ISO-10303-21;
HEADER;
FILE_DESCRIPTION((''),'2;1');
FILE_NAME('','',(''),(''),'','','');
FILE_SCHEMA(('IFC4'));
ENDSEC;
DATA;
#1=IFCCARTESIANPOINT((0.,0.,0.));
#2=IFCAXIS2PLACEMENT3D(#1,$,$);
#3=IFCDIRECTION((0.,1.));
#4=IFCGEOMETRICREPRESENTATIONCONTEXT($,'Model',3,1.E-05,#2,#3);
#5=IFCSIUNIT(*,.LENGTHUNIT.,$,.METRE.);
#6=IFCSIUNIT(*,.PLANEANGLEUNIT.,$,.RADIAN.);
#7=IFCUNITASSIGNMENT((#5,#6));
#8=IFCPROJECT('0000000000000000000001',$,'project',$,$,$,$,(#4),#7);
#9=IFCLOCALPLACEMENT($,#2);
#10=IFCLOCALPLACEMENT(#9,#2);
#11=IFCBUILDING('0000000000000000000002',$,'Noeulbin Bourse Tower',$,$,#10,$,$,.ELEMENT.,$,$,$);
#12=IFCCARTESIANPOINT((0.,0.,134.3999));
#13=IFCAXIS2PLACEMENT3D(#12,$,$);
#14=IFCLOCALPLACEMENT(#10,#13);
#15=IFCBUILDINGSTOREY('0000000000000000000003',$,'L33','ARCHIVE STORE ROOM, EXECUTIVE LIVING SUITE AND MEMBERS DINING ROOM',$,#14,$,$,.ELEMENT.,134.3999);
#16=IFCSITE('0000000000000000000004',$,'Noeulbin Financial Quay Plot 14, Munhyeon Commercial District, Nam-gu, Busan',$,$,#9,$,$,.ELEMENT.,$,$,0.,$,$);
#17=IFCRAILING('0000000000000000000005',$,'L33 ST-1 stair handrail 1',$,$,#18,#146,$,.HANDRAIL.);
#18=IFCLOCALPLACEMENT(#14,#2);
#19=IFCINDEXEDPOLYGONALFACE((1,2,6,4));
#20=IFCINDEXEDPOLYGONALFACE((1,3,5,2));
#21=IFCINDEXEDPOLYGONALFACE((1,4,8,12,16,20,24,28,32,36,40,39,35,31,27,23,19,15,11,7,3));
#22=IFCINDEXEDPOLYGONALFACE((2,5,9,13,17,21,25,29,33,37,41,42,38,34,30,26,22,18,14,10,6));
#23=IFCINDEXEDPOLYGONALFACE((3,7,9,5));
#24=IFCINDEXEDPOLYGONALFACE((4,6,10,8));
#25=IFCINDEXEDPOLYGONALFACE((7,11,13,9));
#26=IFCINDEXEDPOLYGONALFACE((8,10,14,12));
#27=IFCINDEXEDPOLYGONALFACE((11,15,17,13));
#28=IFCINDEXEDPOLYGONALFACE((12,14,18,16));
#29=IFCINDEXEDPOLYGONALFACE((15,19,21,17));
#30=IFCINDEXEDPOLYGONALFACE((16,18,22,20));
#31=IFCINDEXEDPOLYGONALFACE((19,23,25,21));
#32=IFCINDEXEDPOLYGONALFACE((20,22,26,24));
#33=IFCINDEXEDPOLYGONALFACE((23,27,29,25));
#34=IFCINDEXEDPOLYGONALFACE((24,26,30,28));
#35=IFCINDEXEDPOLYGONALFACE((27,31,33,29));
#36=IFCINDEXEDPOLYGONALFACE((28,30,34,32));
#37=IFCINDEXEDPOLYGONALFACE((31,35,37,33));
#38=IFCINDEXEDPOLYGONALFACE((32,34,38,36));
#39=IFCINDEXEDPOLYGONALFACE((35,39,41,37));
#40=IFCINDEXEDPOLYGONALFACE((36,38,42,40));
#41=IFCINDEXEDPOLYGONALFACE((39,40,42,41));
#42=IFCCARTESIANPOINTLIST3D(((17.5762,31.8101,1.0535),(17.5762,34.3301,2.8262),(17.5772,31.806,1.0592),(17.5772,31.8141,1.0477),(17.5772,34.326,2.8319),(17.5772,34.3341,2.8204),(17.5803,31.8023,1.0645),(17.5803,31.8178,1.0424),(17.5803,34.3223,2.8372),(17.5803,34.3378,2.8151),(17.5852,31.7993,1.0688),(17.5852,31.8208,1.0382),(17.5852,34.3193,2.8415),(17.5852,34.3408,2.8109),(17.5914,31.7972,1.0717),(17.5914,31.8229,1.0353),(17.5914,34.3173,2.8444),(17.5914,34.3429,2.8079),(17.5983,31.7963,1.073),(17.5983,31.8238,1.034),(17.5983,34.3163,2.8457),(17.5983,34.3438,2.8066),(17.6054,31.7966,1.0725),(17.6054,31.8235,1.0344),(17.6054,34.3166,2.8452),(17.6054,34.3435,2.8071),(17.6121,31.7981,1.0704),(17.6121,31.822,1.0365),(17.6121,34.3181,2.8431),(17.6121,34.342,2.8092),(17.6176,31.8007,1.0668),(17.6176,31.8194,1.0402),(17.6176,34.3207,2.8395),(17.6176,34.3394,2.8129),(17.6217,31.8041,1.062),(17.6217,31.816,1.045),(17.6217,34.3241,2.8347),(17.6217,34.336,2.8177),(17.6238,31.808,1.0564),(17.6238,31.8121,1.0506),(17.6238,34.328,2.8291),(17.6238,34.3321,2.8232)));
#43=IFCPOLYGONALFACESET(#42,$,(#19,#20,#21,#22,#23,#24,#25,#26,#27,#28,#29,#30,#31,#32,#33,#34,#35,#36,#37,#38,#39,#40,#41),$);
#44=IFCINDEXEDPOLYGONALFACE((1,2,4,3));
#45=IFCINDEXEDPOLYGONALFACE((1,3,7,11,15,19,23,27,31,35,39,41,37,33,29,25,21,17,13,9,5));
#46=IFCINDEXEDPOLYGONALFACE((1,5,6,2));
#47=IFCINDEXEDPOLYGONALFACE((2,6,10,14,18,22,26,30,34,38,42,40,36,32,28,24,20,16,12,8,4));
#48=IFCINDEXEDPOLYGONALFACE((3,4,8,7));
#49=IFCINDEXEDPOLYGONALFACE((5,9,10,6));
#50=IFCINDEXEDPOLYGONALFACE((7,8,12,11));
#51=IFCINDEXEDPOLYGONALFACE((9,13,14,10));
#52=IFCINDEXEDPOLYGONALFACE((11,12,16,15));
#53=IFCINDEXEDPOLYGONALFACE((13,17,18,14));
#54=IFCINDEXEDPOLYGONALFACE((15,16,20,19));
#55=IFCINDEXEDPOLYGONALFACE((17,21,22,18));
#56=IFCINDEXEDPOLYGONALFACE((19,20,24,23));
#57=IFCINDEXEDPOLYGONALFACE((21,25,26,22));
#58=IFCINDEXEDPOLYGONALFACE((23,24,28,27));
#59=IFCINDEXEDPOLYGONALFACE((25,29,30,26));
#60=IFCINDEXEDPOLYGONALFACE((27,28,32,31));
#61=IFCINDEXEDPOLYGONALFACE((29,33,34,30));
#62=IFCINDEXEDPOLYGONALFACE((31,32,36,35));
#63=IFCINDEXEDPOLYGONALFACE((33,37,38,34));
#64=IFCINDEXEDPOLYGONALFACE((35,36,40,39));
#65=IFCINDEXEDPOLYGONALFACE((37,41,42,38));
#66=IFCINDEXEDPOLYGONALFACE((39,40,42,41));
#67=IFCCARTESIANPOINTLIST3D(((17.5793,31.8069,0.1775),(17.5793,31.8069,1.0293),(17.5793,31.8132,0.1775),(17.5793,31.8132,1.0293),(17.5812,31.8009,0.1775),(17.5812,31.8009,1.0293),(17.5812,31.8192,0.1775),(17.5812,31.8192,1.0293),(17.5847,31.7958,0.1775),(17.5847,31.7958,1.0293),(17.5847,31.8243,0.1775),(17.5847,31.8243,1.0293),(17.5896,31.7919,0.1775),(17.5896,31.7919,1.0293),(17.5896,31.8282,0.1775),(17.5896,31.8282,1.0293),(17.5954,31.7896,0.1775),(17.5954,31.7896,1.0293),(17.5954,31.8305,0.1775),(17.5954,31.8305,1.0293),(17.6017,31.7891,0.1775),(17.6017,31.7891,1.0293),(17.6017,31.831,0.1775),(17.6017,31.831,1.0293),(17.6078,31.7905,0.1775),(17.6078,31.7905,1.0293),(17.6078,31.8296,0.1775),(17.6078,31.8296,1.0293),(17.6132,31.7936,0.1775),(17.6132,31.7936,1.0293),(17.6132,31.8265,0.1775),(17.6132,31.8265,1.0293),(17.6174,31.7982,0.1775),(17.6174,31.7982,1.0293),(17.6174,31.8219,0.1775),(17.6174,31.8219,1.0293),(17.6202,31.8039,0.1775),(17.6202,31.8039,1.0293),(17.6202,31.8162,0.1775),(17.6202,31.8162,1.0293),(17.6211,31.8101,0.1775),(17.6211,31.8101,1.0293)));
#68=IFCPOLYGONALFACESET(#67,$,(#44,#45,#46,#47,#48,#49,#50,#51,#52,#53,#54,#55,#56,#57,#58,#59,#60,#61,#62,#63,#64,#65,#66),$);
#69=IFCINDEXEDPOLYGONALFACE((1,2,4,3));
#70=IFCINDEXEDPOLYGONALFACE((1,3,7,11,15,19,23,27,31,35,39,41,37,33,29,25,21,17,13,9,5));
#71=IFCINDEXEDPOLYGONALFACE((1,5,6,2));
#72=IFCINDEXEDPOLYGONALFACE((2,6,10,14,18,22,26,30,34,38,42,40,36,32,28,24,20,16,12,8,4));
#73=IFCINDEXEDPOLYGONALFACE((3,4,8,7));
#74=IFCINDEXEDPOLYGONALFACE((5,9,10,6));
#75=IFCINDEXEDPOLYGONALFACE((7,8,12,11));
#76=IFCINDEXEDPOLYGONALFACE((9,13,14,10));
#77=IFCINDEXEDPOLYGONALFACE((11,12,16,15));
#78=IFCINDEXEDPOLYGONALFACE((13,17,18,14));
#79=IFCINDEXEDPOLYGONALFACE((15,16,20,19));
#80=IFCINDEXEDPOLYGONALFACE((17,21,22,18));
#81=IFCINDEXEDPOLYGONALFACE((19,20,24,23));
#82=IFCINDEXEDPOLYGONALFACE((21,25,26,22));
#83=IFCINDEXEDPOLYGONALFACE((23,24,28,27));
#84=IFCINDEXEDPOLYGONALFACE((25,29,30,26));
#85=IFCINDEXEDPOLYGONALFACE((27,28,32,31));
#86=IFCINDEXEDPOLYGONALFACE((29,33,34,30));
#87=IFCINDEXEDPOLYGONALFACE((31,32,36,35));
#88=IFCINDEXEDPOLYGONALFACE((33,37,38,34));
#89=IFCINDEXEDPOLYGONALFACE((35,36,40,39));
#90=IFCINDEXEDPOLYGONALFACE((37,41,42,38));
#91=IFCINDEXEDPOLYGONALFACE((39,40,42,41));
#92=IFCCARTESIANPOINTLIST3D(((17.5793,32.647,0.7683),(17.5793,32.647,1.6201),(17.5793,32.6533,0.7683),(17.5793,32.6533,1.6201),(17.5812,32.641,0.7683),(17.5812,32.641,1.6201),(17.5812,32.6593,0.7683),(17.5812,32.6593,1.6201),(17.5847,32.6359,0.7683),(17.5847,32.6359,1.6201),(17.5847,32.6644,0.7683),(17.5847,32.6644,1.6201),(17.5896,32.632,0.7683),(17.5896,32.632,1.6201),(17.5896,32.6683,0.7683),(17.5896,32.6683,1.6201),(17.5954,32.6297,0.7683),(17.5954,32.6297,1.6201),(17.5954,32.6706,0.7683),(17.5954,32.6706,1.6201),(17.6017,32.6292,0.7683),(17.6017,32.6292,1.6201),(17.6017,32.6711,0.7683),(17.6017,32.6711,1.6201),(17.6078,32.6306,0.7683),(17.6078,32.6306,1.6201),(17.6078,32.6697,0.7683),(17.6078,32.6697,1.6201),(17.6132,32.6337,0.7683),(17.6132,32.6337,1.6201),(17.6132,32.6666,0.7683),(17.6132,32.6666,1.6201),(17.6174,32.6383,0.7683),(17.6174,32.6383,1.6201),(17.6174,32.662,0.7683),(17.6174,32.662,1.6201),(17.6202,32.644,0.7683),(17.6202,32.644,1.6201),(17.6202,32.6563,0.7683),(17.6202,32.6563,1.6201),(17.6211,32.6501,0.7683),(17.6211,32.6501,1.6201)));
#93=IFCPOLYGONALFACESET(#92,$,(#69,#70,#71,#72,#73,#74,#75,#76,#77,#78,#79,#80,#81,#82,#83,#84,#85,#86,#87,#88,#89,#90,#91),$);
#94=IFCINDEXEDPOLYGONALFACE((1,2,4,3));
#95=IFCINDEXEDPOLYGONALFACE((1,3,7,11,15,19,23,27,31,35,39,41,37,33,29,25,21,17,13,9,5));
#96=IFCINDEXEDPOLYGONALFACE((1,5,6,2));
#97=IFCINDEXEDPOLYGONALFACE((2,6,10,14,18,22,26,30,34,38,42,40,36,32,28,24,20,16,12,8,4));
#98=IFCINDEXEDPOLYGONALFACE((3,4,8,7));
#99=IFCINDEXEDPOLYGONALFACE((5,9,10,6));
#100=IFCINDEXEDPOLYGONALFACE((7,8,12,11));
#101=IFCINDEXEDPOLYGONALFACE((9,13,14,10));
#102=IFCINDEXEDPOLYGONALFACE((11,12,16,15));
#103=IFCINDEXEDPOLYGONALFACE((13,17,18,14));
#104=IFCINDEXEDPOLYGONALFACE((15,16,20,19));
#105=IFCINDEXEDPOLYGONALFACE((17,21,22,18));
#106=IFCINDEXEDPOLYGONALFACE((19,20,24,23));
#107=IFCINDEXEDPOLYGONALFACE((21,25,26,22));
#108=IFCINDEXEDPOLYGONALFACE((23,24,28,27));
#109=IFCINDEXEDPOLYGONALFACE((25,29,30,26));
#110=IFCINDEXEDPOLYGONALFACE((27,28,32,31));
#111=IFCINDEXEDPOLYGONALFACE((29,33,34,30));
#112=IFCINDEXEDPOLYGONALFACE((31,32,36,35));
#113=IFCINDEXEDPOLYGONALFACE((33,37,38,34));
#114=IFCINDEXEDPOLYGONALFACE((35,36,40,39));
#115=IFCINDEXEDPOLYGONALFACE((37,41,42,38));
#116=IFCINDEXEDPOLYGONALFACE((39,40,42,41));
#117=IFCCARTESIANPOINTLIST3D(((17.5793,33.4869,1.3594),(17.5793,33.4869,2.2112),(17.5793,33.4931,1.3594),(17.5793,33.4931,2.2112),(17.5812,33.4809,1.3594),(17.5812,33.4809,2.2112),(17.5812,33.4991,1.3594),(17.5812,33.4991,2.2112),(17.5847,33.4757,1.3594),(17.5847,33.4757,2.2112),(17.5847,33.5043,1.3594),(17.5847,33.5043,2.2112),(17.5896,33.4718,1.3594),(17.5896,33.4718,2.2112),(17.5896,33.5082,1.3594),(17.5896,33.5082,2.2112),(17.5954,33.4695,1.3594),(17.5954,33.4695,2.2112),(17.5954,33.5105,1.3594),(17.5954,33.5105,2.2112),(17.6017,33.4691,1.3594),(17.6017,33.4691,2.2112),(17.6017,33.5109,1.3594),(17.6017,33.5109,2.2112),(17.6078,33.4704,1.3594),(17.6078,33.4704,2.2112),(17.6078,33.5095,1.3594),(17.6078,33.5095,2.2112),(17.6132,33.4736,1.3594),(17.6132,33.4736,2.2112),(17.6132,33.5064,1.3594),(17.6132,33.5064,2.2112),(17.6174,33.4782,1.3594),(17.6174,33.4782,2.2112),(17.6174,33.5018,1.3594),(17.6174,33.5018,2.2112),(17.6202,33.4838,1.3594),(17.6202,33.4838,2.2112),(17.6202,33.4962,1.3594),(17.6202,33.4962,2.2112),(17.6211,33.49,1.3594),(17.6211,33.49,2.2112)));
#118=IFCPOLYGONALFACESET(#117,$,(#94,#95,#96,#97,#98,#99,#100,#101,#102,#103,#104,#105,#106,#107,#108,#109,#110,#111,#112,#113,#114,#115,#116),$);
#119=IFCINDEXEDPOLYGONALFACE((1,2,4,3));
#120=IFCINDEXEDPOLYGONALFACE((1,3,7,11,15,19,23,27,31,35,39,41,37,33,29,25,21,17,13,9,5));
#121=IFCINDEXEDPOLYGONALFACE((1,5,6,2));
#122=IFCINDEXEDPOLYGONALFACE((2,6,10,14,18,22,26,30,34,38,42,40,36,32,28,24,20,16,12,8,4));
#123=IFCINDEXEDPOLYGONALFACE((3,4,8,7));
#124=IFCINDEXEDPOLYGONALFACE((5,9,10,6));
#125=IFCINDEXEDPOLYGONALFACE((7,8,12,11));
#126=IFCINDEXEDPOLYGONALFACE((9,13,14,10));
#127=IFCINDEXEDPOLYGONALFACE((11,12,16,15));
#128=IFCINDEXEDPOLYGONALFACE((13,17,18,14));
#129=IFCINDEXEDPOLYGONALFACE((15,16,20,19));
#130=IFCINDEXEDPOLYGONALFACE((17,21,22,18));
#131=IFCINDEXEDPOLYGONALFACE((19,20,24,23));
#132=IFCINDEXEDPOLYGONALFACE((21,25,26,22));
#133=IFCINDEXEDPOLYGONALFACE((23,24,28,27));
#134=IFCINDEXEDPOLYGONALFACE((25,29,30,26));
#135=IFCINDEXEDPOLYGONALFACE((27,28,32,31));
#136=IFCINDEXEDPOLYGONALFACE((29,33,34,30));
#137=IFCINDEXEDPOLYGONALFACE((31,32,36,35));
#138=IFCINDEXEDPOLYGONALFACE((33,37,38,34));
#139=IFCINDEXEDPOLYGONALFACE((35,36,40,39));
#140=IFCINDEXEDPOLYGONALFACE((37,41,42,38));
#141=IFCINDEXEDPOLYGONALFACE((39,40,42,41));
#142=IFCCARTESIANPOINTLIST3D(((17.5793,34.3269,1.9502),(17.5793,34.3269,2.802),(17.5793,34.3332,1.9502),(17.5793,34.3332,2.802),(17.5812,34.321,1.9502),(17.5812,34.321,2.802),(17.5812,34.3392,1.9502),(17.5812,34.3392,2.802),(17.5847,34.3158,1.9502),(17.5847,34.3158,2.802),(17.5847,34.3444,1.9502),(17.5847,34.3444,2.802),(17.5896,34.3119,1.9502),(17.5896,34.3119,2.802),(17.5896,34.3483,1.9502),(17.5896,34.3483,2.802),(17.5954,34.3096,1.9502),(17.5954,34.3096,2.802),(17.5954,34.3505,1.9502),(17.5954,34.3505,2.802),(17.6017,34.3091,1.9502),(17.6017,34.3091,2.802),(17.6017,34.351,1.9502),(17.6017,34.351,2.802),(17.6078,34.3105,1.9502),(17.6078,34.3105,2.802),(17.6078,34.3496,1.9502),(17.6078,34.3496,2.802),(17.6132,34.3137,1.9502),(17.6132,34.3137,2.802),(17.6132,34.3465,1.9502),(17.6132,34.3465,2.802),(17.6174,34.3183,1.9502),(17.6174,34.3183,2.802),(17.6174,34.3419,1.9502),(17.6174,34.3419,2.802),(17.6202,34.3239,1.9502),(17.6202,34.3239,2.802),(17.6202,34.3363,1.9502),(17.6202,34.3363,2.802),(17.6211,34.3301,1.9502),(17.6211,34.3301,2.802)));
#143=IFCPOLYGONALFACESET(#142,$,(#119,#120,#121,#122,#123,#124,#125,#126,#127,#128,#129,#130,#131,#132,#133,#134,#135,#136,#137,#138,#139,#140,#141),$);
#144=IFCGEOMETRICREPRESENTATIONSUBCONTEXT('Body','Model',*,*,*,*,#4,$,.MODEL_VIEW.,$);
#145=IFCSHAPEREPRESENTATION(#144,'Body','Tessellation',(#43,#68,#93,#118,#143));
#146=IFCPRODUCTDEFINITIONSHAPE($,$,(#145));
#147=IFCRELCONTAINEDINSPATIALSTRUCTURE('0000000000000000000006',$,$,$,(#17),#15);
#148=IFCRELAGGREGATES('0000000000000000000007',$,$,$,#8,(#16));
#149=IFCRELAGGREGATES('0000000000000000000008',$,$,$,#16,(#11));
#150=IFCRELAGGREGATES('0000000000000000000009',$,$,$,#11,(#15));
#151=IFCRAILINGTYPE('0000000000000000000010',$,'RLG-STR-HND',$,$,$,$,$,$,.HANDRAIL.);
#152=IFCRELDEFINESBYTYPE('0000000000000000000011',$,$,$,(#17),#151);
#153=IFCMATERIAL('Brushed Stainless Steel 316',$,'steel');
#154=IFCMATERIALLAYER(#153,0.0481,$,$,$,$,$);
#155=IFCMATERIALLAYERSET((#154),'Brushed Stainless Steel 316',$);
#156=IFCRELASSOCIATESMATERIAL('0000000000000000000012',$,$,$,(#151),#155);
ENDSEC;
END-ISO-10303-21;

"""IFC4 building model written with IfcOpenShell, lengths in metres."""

from ifc_helpers import new_model, si_unit, direction, frame, origin, origin_2d, place, context, subcontext, project, spatial, circle, extrude, material, layer, layer_set, type_object, element, save


model = new_model("IFC4")

# Units and contexts
model_context = context("Model", 3, precision=1e-05, world=origin(), true_north=direction((0.0, 1.0)))
body_context = subcontext(model_context, "Body", "Model", "MODEL_VIEW")
ifc_project = project(units=[si_unit("LENGTHUNIT", "METRE"), si_unit("PLANEANGLEUNIT", "RADIAN")], contexts=[model_context])

# Site, building, storey
site_placement = place(None, origin())
site = spatial("IfcSite", under=ifc_project, at=site_placement, Name="Noeulbin Financial Quay Plot 14, Munhyeon Commercial District, Nam-gu, Busan", CompositionType="ELEMENT", RefElevation=0.0)
building_placement = place(site_placement, origin())
building = spatial("IfcBuilding", under=site, at=building_placement, Name="Noeulbin Bourse Tower", CompositionType="ELEMENT")
storey_placement = place(building_placement, frame((0.0, 0.0, 134.3999)))
storey = spatial("IfcBuildingStorey", under=building, at=storey_placement, Name="L33", Description="ARCHIVE STORE ROOM, EXECUTIVE LIVING SUITE AND MEMBERS DINING ROOM", CompositionType="ELEMENT", Elevation=134.3999)

# Railing
ifc_material_1 = material(Name="Brushed Stainless Steel 316", Category="steel")
ifc_layer_1 = layer(ifc_material_1, 0.0481)
ifc_layer_set_1 = layer_set([ifc_layer_1], Name="Brushed Stainless Steel 316")
railing_type_1 = type_object("IfcRailingType", Name="RLG-STR-HND", PredefinedType="HANDRAIL", material=ifc_layer_set_1)
railing_1_placement = place(storey_placement, frame((17.6001, 31.8101, 0.1775)))
element("IfcRailing", 1, at=railing_1_placement, inside=storey, type_object=railing_type_1, Name="L33 ST-1 stair handrail 1", PredefinedType="HANDRAIL", context=body_context, shape_type="SweptSolid", body=[
    extrude(circle(Radius=0.0239, at=origin_2d()), frame((0.0, 0.0, 0.876), z_axis=(0.0, 0.817904, 0.575354), x_axis=(-1.0, 0.0, 0.0)), (0.0, 0.0, 1.0), 3.0811),
    extrude(circle(Radius=0.021, at=origin_2d()), origin(), (0.0, 0.0, 1.0), 0.8518),
    extrude(circle(Radius=0.021, at=origin_2d()), frame((0.0, 0.8401, 0.5908)), (0.0, 0.0, 1.0), 0.8518),
    extrude(circle(Radius=0.021, at=origin_2d()), frame((0.0, 1.6799, 1.1819)), (0.0, 0.0, 1.0), 0.8518),
    extrude(circle(Radius=0.021, at=origin_2d()), frame((0.0, 2.52, 1.7727)), (0.0, 0.0, 1.0), 0.8518),
])

save(model, "model.ifc")
